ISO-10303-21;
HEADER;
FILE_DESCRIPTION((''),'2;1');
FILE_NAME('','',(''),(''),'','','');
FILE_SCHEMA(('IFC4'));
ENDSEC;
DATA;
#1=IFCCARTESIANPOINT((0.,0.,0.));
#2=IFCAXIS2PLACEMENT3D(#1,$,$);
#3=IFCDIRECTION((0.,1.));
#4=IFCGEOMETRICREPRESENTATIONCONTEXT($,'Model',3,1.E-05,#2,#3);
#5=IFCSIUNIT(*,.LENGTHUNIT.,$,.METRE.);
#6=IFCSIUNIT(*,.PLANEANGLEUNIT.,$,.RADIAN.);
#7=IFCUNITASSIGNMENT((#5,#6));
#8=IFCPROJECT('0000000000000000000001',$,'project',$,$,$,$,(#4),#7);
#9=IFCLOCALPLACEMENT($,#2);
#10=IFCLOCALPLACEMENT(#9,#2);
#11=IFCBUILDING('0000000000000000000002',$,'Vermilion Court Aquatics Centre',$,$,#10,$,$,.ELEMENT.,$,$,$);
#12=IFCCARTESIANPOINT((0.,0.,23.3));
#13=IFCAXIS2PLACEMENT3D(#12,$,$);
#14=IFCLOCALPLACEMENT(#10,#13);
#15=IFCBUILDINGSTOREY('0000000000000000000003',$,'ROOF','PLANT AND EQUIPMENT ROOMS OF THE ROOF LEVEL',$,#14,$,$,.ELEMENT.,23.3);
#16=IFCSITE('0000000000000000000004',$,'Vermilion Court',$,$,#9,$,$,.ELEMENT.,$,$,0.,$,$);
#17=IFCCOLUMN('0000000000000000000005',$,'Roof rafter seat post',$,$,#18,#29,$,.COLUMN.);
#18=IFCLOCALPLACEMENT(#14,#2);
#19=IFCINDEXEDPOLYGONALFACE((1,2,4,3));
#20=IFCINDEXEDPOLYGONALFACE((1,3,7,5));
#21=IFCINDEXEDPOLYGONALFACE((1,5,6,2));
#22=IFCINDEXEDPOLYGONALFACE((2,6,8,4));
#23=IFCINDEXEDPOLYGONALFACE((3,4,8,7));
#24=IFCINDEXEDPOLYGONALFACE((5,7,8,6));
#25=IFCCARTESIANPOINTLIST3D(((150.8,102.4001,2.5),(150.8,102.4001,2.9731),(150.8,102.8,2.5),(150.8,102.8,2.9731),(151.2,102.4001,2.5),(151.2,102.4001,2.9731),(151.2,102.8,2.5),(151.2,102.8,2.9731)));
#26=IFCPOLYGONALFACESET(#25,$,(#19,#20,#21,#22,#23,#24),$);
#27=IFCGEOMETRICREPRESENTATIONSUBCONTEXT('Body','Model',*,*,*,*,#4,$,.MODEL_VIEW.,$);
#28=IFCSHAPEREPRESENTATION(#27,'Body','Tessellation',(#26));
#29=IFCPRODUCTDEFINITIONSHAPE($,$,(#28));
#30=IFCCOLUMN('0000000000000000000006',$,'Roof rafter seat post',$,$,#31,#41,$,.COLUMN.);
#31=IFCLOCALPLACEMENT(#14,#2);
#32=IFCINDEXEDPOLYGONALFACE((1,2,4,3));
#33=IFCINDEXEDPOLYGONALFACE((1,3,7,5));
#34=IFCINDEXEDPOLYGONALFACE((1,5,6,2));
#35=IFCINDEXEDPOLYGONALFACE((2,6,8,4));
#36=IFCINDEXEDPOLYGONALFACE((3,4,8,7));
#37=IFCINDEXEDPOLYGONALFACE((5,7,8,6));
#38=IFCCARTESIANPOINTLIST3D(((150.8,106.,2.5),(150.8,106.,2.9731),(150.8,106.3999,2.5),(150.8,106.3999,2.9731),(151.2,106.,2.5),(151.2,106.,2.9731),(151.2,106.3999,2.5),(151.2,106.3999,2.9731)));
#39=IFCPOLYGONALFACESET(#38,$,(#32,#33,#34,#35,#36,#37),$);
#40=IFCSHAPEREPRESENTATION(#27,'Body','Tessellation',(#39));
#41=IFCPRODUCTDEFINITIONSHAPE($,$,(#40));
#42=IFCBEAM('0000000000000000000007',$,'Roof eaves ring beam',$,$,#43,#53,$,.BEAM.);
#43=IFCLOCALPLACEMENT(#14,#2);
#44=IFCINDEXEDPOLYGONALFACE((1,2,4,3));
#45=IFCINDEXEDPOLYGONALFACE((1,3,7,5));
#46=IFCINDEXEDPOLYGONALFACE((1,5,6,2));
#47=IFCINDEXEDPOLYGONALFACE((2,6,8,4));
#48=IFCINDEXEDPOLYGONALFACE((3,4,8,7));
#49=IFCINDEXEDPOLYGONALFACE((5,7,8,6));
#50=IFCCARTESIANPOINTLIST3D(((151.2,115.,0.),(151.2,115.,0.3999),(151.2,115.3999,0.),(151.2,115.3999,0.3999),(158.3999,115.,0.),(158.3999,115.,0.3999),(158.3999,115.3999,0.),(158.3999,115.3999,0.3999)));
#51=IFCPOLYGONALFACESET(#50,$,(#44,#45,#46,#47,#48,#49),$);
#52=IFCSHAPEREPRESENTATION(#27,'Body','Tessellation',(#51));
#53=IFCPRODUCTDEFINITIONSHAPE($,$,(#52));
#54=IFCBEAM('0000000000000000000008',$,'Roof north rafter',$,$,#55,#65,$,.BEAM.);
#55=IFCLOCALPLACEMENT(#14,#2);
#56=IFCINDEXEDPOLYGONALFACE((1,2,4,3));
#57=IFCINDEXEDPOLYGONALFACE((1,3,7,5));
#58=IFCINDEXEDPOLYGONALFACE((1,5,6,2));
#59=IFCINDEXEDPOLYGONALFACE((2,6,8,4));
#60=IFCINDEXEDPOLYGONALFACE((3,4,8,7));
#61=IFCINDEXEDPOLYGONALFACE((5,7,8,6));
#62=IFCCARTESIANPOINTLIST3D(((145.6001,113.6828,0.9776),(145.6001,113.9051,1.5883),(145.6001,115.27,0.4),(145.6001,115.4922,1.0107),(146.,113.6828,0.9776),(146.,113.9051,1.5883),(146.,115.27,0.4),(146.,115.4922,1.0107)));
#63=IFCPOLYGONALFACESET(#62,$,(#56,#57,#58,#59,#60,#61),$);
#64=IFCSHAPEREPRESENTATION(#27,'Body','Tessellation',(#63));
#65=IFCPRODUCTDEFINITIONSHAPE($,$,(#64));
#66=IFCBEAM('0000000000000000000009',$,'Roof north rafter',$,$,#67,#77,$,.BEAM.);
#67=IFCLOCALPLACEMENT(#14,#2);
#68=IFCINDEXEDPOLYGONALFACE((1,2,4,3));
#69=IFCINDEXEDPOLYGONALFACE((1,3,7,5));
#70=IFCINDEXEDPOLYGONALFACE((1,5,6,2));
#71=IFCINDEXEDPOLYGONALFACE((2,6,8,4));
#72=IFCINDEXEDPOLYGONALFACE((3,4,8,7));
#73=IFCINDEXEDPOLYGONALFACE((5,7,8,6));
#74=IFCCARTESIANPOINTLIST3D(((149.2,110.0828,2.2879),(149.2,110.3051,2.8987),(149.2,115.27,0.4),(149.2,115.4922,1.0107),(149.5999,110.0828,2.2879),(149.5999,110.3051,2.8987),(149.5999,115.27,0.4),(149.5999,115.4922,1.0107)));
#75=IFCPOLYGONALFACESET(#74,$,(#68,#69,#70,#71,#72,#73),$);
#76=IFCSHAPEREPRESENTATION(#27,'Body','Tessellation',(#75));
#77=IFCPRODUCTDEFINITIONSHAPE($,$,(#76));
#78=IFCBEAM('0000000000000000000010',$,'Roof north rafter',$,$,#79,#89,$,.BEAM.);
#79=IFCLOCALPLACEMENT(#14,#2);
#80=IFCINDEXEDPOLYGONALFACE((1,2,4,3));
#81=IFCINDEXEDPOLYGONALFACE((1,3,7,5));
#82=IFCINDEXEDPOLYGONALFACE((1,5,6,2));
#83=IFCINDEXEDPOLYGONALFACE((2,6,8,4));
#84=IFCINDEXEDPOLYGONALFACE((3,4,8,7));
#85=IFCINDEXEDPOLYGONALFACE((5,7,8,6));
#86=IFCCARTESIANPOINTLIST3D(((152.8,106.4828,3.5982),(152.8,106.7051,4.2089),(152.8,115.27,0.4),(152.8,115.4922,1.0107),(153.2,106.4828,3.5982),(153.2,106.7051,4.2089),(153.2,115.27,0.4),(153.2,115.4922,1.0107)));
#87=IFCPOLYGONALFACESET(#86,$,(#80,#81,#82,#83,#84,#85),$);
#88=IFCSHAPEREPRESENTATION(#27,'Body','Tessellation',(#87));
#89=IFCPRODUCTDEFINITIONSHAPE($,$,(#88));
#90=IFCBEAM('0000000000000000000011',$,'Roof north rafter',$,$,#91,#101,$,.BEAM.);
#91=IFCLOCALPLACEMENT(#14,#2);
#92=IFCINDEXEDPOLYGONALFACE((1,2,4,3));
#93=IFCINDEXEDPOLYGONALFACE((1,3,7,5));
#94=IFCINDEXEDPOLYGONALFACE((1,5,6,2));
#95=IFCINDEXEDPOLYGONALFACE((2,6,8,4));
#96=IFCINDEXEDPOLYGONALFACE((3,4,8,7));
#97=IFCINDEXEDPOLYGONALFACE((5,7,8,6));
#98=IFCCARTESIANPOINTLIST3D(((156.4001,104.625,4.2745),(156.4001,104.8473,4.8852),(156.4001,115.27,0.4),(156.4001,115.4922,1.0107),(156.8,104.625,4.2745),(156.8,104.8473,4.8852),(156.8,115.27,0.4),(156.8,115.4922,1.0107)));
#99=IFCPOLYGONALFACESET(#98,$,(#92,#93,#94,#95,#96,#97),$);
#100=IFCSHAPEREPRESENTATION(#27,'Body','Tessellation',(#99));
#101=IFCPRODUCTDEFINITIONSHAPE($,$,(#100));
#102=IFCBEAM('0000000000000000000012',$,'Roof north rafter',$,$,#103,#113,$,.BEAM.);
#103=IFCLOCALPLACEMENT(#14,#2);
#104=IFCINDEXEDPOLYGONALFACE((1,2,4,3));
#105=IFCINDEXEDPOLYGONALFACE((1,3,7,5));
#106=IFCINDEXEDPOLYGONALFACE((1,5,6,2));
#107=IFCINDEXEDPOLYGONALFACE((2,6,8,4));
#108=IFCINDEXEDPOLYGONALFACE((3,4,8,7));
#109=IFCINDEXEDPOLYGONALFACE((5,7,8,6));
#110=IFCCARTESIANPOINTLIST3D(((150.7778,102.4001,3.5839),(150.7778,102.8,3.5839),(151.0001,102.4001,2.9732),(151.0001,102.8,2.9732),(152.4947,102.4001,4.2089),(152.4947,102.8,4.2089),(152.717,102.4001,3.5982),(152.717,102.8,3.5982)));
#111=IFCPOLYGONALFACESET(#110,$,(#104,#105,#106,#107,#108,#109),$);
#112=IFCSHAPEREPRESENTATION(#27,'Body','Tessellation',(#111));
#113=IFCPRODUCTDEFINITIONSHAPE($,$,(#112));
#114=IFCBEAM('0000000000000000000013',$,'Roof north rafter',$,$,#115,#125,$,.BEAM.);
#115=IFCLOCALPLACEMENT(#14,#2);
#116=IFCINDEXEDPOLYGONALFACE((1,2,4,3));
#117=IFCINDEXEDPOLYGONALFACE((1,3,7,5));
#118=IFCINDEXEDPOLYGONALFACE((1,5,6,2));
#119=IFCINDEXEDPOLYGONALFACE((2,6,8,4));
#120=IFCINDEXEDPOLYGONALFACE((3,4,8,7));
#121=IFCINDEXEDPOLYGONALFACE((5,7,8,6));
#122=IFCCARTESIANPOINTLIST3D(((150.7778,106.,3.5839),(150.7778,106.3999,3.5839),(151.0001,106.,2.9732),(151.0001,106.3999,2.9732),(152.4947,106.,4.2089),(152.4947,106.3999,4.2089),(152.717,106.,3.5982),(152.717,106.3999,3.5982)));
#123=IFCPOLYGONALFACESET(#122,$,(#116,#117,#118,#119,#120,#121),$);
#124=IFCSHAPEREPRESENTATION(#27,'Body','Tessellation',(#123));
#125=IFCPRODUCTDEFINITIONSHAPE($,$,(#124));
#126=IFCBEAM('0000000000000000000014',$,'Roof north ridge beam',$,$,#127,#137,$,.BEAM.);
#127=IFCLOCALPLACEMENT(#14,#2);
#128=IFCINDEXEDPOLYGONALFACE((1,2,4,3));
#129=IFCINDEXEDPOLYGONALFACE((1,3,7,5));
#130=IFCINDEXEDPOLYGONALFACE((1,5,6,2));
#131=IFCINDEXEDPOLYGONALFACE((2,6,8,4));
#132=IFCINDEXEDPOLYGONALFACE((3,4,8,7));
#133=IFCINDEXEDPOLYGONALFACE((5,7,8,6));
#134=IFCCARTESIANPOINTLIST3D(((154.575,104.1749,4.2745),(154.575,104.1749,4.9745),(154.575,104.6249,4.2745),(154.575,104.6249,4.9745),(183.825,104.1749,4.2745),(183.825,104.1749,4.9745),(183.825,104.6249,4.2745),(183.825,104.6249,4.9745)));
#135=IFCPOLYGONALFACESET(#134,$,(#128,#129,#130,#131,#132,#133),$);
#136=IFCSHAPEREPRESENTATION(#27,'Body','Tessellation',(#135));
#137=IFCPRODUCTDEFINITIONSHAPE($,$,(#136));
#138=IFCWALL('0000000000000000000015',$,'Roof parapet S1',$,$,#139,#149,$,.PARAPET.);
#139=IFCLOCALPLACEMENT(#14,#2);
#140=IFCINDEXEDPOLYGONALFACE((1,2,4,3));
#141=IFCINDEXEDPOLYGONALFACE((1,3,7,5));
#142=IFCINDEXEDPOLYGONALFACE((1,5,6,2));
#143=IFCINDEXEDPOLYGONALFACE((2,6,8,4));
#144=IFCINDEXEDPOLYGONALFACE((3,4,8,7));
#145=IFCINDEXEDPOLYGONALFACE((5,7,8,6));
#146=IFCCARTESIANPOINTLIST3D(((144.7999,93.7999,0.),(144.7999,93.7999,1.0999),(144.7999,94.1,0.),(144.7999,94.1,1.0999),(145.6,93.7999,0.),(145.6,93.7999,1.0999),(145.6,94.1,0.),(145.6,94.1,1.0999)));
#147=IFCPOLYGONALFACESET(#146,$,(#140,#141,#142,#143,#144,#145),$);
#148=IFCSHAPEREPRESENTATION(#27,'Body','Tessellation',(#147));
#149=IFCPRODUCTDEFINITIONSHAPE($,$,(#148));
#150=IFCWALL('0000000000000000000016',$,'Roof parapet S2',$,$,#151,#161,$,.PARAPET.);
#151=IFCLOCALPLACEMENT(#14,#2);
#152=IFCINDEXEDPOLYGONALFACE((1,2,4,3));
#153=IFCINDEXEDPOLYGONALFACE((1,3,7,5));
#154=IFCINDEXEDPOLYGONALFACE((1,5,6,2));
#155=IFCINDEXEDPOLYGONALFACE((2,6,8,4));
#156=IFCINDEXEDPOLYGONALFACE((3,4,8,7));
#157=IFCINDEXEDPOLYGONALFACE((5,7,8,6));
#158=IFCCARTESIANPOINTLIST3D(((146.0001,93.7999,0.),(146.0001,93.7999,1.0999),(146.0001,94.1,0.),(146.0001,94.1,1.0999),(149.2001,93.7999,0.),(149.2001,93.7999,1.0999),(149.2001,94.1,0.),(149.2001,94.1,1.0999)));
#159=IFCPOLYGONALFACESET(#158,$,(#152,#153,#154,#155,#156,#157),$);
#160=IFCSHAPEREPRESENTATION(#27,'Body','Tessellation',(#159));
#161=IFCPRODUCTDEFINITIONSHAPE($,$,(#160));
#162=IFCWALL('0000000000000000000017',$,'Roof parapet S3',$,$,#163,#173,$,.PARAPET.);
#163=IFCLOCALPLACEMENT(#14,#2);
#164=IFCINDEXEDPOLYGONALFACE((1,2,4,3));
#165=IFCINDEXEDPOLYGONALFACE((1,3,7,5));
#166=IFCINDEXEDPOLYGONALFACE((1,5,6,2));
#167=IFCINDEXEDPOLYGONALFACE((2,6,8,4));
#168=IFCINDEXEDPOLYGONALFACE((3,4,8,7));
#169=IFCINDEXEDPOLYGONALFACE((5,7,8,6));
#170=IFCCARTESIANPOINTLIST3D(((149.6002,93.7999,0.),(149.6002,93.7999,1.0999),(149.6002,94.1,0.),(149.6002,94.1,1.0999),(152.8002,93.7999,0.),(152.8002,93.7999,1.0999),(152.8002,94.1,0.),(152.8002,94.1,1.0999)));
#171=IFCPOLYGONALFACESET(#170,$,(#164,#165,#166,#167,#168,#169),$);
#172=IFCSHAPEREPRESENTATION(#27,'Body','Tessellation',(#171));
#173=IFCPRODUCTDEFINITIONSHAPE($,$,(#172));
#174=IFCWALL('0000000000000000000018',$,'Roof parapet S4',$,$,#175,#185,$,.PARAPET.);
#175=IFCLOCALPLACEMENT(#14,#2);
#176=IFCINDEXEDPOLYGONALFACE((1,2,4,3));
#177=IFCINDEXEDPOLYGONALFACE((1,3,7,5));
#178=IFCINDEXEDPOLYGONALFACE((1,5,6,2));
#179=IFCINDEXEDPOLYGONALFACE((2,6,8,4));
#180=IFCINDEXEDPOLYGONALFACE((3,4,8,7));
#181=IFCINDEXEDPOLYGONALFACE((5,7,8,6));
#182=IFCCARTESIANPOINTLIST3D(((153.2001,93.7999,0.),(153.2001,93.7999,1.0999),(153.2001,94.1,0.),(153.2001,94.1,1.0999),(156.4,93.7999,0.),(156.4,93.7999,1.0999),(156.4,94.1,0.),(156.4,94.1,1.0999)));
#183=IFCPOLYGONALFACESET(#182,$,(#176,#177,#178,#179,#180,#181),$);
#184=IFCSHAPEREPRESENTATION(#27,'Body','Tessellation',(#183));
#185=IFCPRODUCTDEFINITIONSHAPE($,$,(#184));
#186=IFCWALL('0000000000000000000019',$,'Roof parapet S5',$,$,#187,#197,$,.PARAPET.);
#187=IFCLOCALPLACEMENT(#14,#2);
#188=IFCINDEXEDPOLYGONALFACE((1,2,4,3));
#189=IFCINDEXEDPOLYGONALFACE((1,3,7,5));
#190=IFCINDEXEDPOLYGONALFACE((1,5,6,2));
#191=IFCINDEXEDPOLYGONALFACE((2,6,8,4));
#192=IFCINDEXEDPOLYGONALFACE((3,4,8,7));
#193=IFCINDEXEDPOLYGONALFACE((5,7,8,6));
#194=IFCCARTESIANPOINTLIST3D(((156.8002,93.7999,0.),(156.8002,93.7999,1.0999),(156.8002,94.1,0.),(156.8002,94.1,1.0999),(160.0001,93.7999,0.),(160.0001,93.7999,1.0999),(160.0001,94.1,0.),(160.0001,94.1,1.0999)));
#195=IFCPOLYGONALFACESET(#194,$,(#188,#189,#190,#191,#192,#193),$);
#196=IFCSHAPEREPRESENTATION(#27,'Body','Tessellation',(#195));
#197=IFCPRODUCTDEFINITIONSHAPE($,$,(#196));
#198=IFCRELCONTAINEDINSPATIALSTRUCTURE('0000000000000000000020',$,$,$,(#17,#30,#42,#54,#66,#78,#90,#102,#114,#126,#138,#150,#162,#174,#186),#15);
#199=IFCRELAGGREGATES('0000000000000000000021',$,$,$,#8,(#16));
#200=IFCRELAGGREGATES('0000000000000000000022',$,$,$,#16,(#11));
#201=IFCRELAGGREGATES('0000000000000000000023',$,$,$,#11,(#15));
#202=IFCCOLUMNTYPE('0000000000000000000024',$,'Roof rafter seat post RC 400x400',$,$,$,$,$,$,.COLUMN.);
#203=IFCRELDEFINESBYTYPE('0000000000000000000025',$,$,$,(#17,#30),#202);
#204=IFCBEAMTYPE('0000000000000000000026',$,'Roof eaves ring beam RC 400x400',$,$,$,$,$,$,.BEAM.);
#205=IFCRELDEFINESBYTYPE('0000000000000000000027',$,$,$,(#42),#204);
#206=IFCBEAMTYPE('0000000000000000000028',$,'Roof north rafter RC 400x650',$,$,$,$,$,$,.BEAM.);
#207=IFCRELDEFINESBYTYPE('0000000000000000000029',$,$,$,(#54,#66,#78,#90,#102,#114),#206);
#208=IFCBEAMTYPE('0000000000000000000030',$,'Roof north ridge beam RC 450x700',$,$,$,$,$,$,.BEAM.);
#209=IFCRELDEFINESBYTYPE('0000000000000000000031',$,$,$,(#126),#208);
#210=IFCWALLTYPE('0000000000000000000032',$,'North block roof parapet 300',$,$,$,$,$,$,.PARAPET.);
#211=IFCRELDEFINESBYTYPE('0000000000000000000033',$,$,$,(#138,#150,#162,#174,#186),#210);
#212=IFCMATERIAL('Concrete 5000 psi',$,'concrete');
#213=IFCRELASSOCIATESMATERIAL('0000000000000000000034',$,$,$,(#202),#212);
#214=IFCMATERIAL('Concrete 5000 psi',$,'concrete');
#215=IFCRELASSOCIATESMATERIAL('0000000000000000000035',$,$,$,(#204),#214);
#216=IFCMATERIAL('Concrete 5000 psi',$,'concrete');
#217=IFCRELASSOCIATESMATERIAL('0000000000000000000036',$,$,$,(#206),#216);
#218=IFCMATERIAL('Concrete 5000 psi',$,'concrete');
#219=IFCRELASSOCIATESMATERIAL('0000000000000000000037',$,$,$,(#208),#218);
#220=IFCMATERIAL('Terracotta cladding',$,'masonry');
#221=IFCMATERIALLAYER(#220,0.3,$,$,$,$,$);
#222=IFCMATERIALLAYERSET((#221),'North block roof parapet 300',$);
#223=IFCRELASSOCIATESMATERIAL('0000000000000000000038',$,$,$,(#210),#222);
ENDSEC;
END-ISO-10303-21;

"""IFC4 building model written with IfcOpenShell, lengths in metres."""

from ifc_helpers import new_model, si_unit, direction, frame, frame_2d, origin, origin_2d, place, context, subcontext, project, spatial, rectangle, extrude, material, layer, layer_set, material_profile, profile_set, type_object, element, save


model = new_model("IFC4")

# Units and contexts
model_context = context("Model", 3, precision=1e-05, world=origin(), true_north=direction((0.0, 1.0)))
body_context = subcontext(model_context, "Body", "Model", "MODEL_VIEW")
ifc_project = project(units=[si_unit("LENGTHUNIT", "METRE"), si_unit("PLANEANGLEUNIT", "RADIAN")], contexts=[model_context])

# Site, building, storey
site_placement = place(None, origin())
site = spatial("IfcSite", under=ifc_project, at=site_placement, Name="Vermilion Court", CompositionType="ELEMENT", RefElevation=0.0)
building_placement = place(site_placement, origin())
building = spatial("IfcBuilding", under=site, at=building_placement, Name="Vermilion Court Aquatics Centre", CompositionType="ELEMENT")
storey_placement = place(building_placement, frame((0.0, 0.0, 23.3)))
storey = spatial("IfcBuildingStorey", under=building, at=storey_placement, Name="ROOF", Description="PLANT AND EQUIPMENT ROOMS OF THE ROOF LEVEL", CompositionType="ELEMENT", Elevation=23.3)

# Columns
ifc_material_1 = material(Name="Concrete 5000 psi", Category="concrete")
ifc_material_profile_1 = material_profile(ifc_material_1, rectangle(XDim=0.3999, YDim=0.3999, at=origin_2d()), Name="RC 400x400")
ifc_profile_set_1 = profile_set([ifc_material_profile_1], Name="Concrete 5000 psi")
column_type = type_object("IfcColumnType", Name="Roof rafter seat post RC 400x400", PredefinedType="COLUMN", material=ifc_profile_set_1)
for number, where, z_axis, x_axis, name in (
    (1, (151.0, 102.6001, 2.5), (0.0, 0.0, 1.0), (1.0, 0.0, 0.0), "Roof rafter seat post"),
    (2, (151.0, 106.2, 2.5), (0.0, 0.0, 1.0), (1.0, 0.0, 0.0), "Roof rafter seat post"),
):
    element("IfcColumn", number, at=place(storey_placement, frame(where, z_axis=z_axis, x_axis=x_axis)), inside=storey, type_object=column_type, Name=name, PredefinedType="COLUMN", context=body_context, shape_type="SweptSolid", body=[
        extrude(rectangle(XDim=0.3999, YDim=0.3999, at=origin_2d()), origin(), (0.0, 0.0, 1.0), 0.4731),
    ])

# Beams
ifc_material_2 = material(Name="Concrete 5000 psi", Category="concrete")
ifc_material_profile_2 = material_profile(ifc_material_2, rectangle(XDim=0.3999, YDim=0.3999, at=origin_2d()), Name="RC 400x400")
ifc_profile_set_2 = profile_set([ifc_material_profile_2], Name="Concrete 5000 psi")
beam_type_1 = type_object("IfcBeamType", Name="Roof eaves ring beam RC 400x400", PredefinedType="BEAM", material=ifc_profile_set_2)
beam_1_placement = place(storey_placement, frame((151.2, 115.2, 0.2), z_axis=(1.0, 0.0, 0.0), x_axis=(0.0, 1.0, 0.0)))
element("IfcBeam", 3, at=beam_1_placement, inside=storey, type_object=beam_type_1, Name="Roof eaves ring beam", PredefinedType="BEAM", context=body_context, shape_type="SweptSolid", body=[
    extrude(rectangle(XDim=0.3999, YDim=0.3999, at=origin_2d()), origin(), (0.0, 0.0, 1.0), 7.2),
])
ifc_material_3 = material(Name="Concrete 5000 psi", Category="concrete")
ifc_material_profile_3 = material_profile(ifc_material_3, rectangle(XDim=0.3999, YDim=0.6499, at=origin_2d()), Name="RC 400x650")
ifc_profile_set_3 = profile_set([ifc_material_profile_3], Name="Concrete 5000 psi")
beam_type_2 = type_object("IfcBeamType", Name="Roof north rafter RC 400x650", PredefinedType="BEAM", material=ifc_profile_set_3)
beam_2_placement = place(storey_placement, frame((145.8, 115.3811, 0.7053), z_axis=(0.0, -0.939701, 0.341998), x_axis=(1.0, 0.0, 0.0)))
element("IfcBeam", 4, at=beam_2_placement, inside=storey, type_object=beam_type_2, Name="Roof north rafter", PredefinedType="BEAM", context=body_context, shape_type="SweptSolid", body=[
    extrude(rectangle(XDim=0.3999, YDim=0.6499, at=origin_2d()), origin(), (0.0, 0.0, 1.0), 1.689),
])
beam_3_placement = place(storey_placement, frame((149.3999, 115.3811, 0.7053), z_axis=(0.0, -0.939691, 0.342024), x_axis=(1.0, 0.0, 0.0)))
element("IfcBeam", 5, at=beam_3_placement, inside=storey, type_object=beam_type_2, Name="Roof north rafter", PredefinedType="BEAM", context=body_context, shape_type="SweptSolid", body=[
    extrude(rectangle(XDim=0.3999, YDim=0.6499, at=origin_2d()), origin(), (0.0, 0.0, 1.0), 5.52),
])
beam_4_placement = place(storey_placement, frame((153.0, 115.3811, 0.7053), z_axis=(0.0, -0.939693, 0.34202), x_axis=(1.0, 0.0, 0.0)))
element("IfcBeam", 6, at=beam_4_placement, inside=storey, type_object=beam_type_2, Name="Roof north rafter", PredefinedType="BEAM", context=body_context, shape_type="SweptSolid", body=[
    extrude(rectangle(XDim=0.3999, YDim=0.6499, at=origin_2d()), origin(), (0.0, 0.0, 1.0), 9.3511),
])
beam_5_placement = place(storey_placement, frame((156.6001, 115.3811, 0.7053), z_axis=(0.0, -0.939691, 0.342023), x_axis=(1.0, 0.0, 0.0)))
element("IfcBeam", 7, at=beam_5_placement, inside=storey, type_object=beam_type_2, Name="Roof north rafter", PredefinedType="BEAM", context=body_context, shape_type="SweptSolid", body=[
    extrude(rectangle(XDim=0.3999, YDim=0.6499, at=origin_2d()), origin(), (0.0, 0.0, 1.0), 11.3281),
])
for number, where, z_axis, x_axis, name in (
    (8, (150.8889, 102.6001, 3.2786), (0.939684, 0.0, 0.342043), (0.0, 1.0, 0.0), "Roof north rafter"),
    (9, (150.8889, 106.2, 3.2786), (0.939684, 0.0, 0.342043), (0.0, 1.0, 0.0), "Roof north rafter"),
):
    element("IfcBeam", number, at=place(storey_placement, frame(where, z_axis=z_axis, x_axis=x_axis)), inside=storey, type_object=beam_type_2, Name=name, PredefinedType="BEAM", context=body_context, shape_type="SweptSolid", body=[
        extrude(rectangle(XDim=0.3999, YDim=0.6499, at=origin_2d()), origin(), (0.0, 0.0, 1.0), 1.8271),
    ])
ifc_material_4 = material(Name="Concrete 5000 psi", Category="concrete")
ifc_material_profile_4 = material_profile(ifc_material_4, rectangle(XDim=0.45, YDim=0.7, at=origin_2d()), Name="RC 450x700")
ifc_profile_set_4 = profile_set([ifc_material_profile_4], Name="Concrete 5000 psi")
beam_type_3 = type_object("IfcBeamType", Name="Roof north ridge beam RC 450x700", PredefinedType="BEAM", material=ifc_profile_set_4)
beam_6_placement = place(storey_placement, frame((154.575, 104.3999, 4.6245), z_axis=(1.0, 0.0, 0.0), x_axis=(0.0, 1.0, 0.0)))
element("IfcBeam", 10, at=beam_6_placement, inside=storey, type_object=beam_type_3, Name="Roof north ridge beam", PredefinedType="BEAM", context=body_context, shape_type="SweptSolid", body=[
    extrude(rectangle(XDim=0.45, YDim=0.7, at=origin_2d()), origin(), (0.0, 0.0, 1.0), 29.25),
])

# Walls
ifc_material_5 = material(Name="Terracotta cladding", Category="masonry")
ifc_layer_1 = layer(ifc_material_5, 0.3)
ifc_layer_set_1 = layer_set([ifc_layer_1], Name="North block roof parapet 300")
wall_type_1 = type_object("IfcWallType", Name="North block roof parapet 300", PredefinedType="PARAPET", material=ifc_layer_set_1)
wall_1_placement = place(storey_placement, frame((144.8, 93.95, 0.0), z_axis=(0.0, 0.0, 1.0), x_axis=(1.0, 0.0, 0.0)))
element("IfcWall", 11, at=wall_1_placement, inside=storey, type_object=wall_type_1, Name="Roof parapet S1", PredefinedType="PARAPET", context=body_context, shape_type="SweptSolid", body=[
    extrude(rectangle(XDim=0.8, YDim=0.3, at=frame_2d((0.3999, 0.0))), origin(), (0.0, 0.0, 1.0), 1.0999),
])
for number, where, z_axis, x_axis, name in (
    (12, (146.0, 93.95, 0.0), (0.0, 0.0, 1.0), (1.0, 0.0, 0.0), "Roof parapet S2"),
    (13, (149.6001, 93.95, 0.0), (0.0, 0.0, 1.0), (1.0, 0.0, 0.0), "Roof parapet S3"),
    (14, (153.2, 93.95, 0.0), (0.0, 0.0, 1.0), (1.0, 0.0, 0.0), "Roof parapet S4"),
    (15, (156.8, 93.95, 0.0), (0.0, 0.0, 1.0), (1.0, 0.0, 0.0), "Roof parapet S5"),
):
    element("IfcWall", number, at=place(storey_placement, frame(where, z_axis=z_axis, x_axis=x_axis)), inside=storey, type_object=wall_type_1, Name=name, PredefinedType="PARAPET", context=body_context, shape_type="SweptSolid", body=[
        extrude(rectangle(XDim=3.2, YDim=0.3, at=frame_2d((1.6001, 0.0))), origin(), (0.0, 0.0, 1.0), 1.0999),
    ])

save(model, "model.ifc")
